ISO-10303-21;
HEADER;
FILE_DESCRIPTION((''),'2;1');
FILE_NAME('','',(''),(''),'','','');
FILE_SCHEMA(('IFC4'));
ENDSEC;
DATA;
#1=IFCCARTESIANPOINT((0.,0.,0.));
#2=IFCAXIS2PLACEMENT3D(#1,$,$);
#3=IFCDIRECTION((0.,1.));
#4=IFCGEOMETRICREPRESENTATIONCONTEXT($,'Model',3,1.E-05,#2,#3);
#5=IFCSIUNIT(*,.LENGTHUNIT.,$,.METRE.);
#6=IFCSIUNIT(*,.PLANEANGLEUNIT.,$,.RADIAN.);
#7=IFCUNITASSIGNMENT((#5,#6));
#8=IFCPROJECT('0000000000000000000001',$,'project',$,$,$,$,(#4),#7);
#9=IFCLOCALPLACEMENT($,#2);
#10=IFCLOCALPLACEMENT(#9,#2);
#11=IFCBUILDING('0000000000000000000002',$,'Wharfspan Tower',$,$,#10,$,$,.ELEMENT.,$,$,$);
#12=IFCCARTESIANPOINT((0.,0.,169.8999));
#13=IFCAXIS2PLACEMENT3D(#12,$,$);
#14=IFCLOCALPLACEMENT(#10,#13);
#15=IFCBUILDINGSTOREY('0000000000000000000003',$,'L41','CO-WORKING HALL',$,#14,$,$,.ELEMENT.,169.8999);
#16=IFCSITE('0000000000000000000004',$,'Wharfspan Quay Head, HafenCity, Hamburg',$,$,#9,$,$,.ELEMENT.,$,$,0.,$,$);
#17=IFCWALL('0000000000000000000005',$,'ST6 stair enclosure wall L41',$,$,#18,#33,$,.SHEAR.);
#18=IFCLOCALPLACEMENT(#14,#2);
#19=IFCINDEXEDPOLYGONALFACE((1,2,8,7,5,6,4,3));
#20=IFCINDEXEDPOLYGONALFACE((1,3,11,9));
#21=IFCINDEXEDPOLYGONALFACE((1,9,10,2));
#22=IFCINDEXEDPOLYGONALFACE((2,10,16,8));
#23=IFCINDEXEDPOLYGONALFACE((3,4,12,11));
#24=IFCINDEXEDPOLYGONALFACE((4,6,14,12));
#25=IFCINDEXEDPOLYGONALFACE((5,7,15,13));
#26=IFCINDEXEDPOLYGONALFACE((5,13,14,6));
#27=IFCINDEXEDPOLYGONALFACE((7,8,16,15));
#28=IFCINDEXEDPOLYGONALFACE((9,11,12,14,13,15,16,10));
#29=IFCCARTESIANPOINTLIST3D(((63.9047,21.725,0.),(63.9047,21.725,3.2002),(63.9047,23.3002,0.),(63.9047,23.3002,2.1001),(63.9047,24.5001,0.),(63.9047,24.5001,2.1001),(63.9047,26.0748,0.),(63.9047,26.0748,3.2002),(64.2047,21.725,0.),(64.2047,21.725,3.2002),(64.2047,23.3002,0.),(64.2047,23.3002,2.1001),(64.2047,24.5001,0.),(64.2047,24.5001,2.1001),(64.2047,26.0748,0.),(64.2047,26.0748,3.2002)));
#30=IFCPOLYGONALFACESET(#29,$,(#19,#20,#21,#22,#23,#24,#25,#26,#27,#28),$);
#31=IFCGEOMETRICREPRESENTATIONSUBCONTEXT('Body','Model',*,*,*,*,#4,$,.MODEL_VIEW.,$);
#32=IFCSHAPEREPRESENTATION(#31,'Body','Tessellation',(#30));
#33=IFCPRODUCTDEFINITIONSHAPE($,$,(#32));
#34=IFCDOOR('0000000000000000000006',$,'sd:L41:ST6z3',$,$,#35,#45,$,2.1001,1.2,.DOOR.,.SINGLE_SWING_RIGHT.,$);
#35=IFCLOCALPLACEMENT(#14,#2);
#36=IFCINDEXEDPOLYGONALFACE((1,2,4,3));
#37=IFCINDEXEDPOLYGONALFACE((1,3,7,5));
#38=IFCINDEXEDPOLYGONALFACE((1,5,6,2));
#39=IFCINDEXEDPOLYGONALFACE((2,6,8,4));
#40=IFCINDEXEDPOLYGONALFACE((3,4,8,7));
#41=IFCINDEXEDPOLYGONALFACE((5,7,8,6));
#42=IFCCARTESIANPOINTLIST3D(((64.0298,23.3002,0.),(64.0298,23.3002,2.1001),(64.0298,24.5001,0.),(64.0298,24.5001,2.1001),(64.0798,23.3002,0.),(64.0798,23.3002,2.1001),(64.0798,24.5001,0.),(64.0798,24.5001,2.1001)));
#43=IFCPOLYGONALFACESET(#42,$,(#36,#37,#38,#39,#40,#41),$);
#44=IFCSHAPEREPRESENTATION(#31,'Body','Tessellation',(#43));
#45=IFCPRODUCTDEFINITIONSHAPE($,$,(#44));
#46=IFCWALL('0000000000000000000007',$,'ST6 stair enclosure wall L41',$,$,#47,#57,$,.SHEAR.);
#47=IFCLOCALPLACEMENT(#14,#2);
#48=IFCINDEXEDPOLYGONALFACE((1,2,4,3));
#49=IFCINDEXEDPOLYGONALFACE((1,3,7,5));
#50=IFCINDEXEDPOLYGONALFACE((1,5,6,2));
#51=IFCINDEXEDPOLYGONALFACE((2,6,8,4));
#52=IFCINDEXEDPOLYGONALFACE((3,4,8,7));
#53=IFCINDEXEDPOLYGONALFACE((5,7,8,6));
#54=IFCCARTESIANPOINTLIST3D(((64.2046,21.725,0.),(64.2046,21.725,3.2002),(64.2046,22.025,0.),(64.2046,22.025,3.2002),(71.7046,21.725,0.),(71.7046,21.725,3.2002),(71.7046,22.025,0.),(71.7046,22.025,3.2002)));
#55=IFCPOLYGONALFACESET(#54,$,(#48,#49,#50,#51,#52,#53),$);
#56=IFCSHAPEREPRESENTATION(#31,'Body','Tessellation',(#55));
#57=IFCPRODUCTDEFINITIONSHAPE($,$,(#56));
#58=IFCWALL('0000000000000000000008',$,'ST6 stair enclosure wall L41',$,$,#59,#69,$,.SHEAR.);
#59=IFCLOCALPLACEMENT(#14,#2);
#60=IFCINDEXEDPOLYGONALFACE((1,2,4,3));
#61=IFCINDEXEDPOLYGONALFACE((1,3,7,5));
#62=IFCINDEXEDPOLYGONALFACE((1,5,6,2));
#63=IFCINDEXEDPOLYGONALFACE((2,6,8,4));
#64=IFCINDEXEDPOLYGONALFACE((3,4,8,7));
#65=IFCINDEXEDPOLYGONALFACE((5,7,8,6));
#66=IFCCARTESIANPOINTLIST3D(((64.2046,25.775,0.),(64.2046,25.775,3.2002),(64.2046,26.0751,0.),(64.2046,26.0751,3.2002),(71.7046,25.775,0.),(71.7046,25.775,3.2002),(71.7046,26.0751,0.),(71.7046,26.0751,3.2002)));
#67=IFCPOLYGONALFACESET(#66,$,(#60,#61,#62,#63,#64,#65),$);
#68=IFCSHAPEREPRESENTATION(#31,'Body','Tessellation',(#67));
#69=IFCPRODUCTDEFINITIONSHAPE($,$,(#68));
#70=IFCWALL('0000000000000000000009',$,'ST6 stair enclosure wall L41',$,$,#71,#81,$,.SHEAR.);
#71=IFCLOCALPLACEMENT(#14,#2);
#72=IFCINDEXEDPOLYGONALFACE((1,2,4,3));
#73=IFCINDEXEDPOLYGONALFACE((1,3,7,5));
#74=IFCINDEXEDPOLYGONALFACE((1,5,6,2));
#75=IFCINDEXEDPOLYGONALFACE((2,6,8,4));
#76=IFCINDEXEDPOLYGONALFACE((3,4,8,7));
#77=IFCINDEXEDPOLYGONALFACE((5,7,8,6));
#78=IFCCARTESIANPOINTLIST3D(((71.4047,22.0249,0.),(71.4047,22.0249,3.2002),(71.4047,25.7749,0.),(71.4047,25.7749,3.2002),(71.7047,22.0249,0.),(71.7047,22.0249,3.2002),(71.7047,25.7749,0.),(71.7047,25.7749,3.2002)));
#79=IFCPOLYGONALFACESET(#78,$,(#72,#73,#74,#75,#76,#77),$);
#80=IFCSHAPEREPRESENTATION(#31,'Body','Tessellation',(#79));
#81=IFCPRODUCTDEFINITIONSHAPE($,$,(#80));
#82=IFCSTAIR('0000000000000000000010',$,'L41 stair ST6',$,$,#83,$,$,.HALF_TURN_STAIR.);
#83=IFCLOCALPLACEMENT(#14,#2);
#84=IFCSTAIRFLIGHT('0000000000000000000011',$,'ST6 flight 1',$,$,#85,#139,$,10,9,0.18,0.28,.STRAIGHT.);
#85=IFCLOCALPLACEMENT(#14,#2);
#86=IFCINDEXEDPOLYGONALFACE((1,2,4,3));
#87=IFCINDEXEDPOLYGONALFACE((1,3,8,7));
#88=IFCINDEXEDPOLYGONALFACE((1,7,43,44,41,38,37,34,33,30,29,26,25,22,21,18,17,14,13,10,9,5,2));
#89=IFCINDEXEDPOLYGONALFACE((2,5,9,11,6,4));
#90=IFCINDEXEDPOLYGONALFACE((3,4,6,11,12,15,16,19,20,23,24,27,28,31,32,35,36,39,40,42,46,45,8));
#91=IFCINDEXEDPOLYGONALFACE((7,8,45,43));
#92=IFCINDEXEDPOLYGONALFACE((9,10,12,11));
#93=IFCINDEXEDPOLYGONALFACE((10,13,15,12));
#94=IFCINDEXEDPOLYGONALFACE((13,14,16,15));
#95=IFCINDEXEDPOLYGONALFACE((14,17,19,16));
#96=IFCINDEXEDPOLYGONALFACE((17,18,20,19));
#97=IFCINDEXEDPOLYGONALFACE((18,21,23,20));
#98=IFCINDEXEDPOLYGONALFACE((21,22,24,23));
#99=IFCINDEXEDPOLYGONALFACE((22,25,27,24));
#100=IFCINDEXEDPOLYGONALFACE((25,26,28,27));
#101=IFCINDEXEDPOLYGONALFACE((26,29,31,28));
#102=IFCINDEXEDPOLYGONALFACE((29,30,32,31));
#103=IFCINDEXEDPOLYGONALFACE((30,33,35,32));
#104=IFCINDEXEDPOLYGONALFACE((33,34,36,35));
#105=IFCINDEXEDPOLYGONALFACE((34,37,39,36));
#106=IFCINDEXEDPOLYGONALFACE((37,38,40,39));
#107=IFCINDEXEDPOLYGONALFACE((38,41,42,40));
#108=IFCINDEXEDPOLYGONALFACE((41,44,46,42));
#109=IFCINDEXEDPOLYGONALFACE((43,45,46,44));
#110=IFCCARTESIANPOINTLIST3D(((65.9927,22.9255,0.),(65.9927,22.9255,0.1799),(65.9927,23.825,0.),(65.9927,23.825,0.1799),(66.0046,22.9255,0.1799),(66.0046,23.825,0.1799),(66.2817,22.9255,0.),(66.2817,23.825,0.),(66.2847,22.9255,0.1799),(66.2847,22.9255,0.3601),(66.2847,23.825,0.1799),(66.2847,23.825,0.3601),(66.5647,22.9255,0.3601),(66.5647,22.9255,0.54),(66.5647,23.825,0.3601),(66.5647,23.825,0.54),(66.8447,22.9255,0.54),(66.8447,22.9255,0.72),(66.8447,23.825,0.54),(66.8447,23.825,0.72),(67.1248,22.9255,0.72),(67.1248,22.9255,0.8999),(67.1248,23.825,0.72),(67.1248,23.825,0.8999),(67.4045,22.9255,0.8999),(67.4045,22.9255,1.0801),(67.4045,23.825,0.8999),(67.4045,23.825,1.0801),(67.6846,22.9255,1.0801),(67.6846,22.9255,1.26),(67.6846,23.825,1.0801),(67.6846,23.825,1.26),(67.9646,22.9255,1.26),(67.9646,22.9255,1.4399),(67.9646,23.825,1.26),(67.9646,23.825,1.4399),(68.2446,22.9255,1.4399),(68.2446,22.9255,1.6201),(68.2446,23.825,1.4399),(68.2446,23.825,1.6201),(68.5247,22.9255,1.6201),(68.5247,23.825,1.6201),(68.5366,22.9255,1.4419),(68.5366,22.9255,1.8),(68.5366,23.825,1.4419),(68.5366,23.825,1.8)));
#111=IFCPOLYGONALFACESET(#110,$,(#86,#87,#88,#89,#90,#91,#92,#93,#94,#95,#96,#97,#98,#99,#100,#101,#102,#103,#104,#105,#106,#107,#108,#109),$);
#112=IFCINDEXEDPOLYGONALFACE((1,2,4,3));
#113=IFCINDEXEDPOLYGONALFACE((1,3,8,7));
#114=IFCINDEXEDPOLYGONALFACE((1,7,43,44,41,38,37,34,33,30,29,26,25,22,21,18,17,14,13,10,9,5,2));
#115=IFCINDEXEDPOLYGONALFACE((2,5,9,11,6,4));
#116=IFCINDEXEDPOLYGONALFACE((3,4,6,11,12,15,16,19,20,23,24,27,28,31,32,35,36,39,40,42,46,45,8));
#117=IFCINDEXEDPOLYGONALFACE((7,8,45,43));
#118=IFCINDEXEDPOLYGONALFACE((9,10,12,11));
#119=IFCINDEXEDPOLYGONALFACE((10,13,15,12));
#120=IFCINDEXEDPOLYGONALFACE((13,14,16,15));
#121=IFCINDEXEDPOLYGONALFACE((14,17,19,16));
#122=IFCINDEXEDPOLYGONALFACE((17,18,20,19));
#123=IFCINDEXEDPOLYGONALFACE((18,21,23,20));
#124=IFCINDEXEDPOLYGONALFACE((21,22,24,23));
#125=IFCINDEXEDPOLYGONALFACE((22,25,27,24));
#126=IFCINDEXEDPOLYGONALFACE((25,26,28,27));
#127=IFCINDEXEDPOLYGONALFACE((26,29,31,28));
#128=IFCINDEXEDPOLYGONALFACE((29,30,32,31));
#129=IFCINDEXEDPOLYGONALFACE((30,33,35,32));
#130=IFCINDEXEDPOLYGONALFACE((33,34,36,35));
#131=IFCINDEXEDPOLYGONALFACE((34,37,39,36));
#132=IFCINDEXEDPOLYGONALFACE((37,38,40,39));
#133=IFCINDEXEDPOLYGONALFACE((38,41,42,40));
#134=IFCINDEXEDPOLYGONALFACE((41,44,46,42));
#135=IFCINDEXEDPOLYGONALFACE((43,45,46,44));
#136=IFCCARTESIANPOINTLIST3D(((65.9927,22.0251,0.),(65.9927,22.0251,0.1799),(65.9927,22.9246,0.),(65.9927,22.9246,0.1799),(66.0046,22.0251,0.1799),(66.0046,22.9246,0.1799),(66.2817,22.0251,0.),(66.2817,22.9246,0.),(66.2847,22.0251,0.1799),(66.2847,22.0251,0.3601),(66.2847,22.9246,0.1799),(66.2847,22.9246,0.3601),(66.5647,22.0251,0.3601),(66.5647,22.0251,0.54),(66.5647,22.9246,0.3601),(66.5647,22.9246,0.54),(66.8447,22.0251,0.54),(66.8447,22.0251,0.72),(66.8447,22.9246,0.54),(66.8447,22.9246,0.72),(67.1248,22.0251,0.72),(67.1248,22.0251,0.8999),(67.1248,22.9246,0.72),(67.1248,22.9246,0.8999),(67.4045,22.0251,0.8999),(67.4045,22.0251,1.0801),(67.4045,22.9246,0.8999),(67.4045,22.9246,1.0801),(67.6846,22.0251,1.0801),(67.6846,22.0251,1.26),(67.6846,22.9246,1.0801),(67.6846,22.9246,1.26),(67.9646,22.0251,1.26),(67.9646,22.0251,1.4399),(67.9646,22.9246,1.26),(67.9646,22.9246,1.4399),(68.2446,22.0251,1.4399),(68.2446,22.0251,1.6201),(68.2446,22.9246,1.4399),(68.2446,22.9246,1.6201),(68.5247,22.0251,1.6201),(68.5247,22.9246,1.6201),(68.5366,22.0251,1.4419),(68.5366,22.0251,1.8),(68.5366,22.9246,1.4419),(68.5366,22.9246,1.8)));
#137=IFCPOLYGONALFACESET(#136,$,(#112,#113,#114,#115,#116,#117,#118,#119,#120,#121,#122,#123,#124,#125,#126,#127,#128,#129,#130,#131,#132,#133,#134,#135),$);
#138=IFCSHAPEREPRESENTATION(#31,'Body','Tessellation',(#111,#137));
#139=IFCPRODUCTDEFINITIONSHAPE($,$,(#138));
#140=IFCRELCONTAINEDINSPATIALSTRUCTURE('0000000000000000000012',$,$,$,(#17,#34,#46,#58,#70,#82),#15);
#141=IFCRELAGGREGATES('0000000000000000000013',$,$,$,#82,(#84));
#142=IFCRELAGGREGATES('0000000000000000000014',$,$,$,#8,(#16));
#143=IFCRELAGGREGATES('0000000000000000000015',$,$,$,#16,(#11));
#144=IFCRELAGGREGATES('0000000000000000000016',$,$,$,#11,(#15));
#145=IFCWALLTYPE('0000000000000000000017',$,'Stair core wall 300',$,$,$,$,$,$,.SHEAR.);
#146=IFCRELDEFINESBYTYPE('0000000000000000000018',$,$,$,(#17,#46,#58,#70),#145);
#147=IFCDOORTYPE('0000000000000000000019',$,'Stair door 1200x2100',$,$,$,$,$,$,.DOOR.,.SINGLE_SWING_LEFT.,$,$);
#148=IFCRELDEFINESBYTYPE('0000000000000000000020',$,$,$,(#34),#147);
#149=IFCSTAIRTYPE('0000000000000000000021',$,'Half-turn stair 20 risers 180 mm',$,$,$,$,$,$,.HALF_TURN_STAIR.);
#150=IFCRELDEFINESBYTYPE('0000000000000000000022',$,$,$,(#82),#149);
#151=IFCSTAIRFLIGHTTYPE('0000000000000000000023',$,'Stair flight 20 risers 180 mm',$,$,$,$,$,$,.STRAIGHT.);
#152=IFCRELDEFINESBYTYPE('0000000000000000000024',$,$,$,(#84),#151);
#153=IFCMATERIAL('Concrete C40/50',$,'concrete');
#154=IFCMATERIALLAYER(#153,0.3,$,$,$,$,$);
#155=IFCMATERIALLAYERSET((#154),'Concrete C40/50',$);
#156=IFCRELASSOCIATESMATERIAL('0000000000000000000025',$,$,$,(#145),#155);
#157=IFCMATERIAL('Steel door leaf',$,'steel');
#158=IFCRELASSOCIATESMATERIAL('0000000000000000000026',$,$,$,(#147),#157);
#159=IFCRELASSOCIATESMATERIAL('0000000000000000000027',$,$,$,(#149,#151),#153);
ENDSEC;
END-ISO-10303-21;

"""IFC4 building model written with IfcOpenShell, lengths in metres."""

from ifc_helpers import new_model, si_unit, direction, frame, frame_2d, origin, place, context, subcontext, project, spatial, polyline, rectangle, outline, extrude, material, layer, layer_set, type_object, element, fill, aggregate, save


model = new_model("IFC4")

# Units and contexts
model_context = context("Model", 3, precision=1e-05, world=origin(), true_north=direction((0.0, 1.0)))
body_context = subcontext(model_context, "Body", "Model", "MODEL_VIEW")
ifc_project = project(units=[si_unit("LENGTHUNIT", "METRE"), si_unit("PLANEANGLEUNIT", "RADIAN")], contexts=[model_context])

# Site, building, storey
site_placement = place(None, origin())
site = spatial("IfcSite", under=ifc_project, at=site_placement, Name="Wharfspan Quay Head, HafenCity, Hamburg", CompositionType="ELEMENT", RefElevation=0.0)
building_placement = place(site_placement, origin())
building = spatial("IfcBuilding", under=site, at=building_placement, Name="Wharfspan Tower", CompositionType="ELEMENT")
storey_placement = place(building_placement, frame((0.0, 0.0, 169.8999)))
storey = spatial("IfcBuildingStorey", under=building, at=storey_placement, Name="L41", Description="CO-WORKING HALL", CompositionType="ELEMENT", Elevation=169.8999)

# Wall, opening, door
ifc_material_1 = material(Name="Concrete C40/50", Category="concrete")
ifc_layer_1 = layer(ifc_material_1, 0.3)
ifc_layer_set_1 = layer_set([ifc_layer_1], Name="Concrete C40/50")
wall_type_1 = type_object("IfcWallType", Name="Stair core wall 300", PredefinedType="SHEAR", material=ifc_layer_set_1)
wall_1_placement = place(storey_placement, frame((64.0547, 21.7251, 0.0), z_axis=(0.0, 0.0, 1.0), x_axis=(0.0, 1.0, 0.0)))
wall_1 = element("IfcWall", 1, at=wall_1_placement, inside=storey, type_object=wall_type_1, Name="ST6 stair enclosure wall L41", PredefinedType="SHEAR", context=body_context, shape_type="SweptSolid", body=[
    extrude(rectangle(XDim=4.3499, YDim=0.3, at=frame_2d((2.1748, 0.0))), origin(), (0.0, 0.0, 1.0), 3.2002),
])
opening_1_placement = place(wall_1_placement, frame((1.575, 0.0, 0.0)))
opening_1 = element("IfcOpeningElement", 2, at=opening_1_placement, cuts=wall_1, PredefinedType="OPENING", context=body_context, shape_type="SweptSolid", body=[
    extrude(rectangle(XDim=1.2, YDim=2.1001, at=frame_2d((0.6001, 1.05))), frame((0.0, 0.1599, 0.0), z_axis=(0.0, -1.0, 0.0), x_axis=(1.0, 0.0, 0.0)), (0.0, 0.0, 1.0), 0.3201),
])
ifc_material_2 = material(Name="Steel door leaf", Category="steel")
door_type_1 = type_object("IfcDoorType", Name="Stair door 1200x2100", OperationType="SINGLE_SWING_LEFT", PredefinedType="DOOR", material=ifc_material_2)
door_1_placement = place(opening_1_placement, origin())
door_1 = element("IfcDoor", 3, at=door_1_placement, inside=storey, type_object=door_type_1, Name="sd:L41:ST6z3", OperationType="SINGLE_SWING_RIGHT", OverallHeight=2.1001, OverallWidth=1.2, PredefinedType="DOOR", context=body_context, shape_type="SweptSolid", body=[
    extrude(rectangle(XDim=1.2, YDim=2.1001, at=frame_2d((0.6001, 1.05))), frame((0.0, 0.0249, 0.0), z_axis=(0.0, -1.0, 0.0), x_axis=(1.0, 0.0, 0.0)), (0.0, 0.0, 1.0), 0.05),
])
fill(opening_1, door_1)

# Walls
for number, where, z_axis, x_axis, name in (
    (4, (64.2046, 21.875, 0.0), (0.0, 0.0, 1.0), (1.0, 0.0, 0.0), "ST6 stair enclosure wall L41"),
    (5, (64.2046, 25.925, 0.0), (0.0, 0.0, 1.0), (1.0, 0.0, 0.0), "ST6 stair enclosure wall L41"),
):
    element("IfcWall", number, at=place(storey_placement, frame(where, z_axis=z_axis, x_axis=x_axis)), inside=storey, type_object=wall_type_1, Name=name, PredefinedType="SHEAR", context=body_context, shape_type="SweptSolid", body=[
        extrude(rectangle(XDim=7.5, YDim=0.3, at=frame_2d((3.75, 0.0))), origin(), (0.0, 0.0, 1.0), 3.2002),
    ])
wall_2_placement = place(storey_placement, frame((71.5547, 22.0249, 0.0), z_axis=(0.0, 0.0, 1.0), x_axis=(0.0, 1.0, 0.0)))
element("IfcWall", 6, at=wall_2_placement, inside=storey, type_object=wall_type_1, Name="ST6 stair enclosure wall L41", PredefinedType="SHEAR", context=body_context, shape_type="SweptSolid", body=[
    extrude(rectangle(XDim=3.75, YDim=0.3, at=frame_2d((1.875, 0.0))), origin(), (0.0, 0.0, 1.0), 3.2002),
])

# Stair, stair flight
stair_type = type_object("IfcStairType", Name="Half-turn stair 20 risers 180 mm", PredefinedType="HALF_TURN_STAIR", material=ifc_material_1)
stair_placement = place(storey_placement, origin())
stair = element("IfcStair", 7, at=stair_placement, inside=storey, type_object=stair_type, Name="L41 stair ST6", PredefinedType="HALF_TURN_STAIR")
stair_flight_type = type_object("IfcStairFlightType", Name="Stair flight 20 risers 180 mm", PredefinedType="STRAIGHT", material=ifc_material_1)
stair_flight_1_placement = place(storey_placement, frame((66.0046, 22.925, 0.0), z_axis=(0.0, 0.0, 1.0), x_axis=(1.0, 0.0, 0.0)))
stair_flight_1 = element("IfcStairFlight", 8, at=stair_flight_1_placement, type_object=stair_flight_type, Name="ST6 flight 1", NumberOfRisers=10, NumberOfTreads=9, PredefinedType="STRAIGHT", RiserHeight=0.18, TreadLength=0.28, context=body_context, shape_type="SweptSolid", body=[
    extrude(outline(polyline([(-0.012, 0.0), (-0.012, 0.1799), (0.0, 0.1799), (0.28, 0.1799), (0.28, 0.3601), (0.5601, 0.3601), (0.5601, 0.54), (0.8401, 0.54), (0.8401, 0.72), (1.1201, 0.72), (1.1201, 0.8999), (1.3999, 0.8999), (1.3999, 1.0801), (1.6799, 1.0801), (1.6799, 1.26), (1.96, 1.26), (1.96, 1.4399), (2.24, 1.4399), (2.24, 1.6201), (2.52, 1.6201), (2.532, 1.8), (2.532, 1.4419), (0.2771, 0.0), (-0.012, 0.0)])), frame((0.0, 0.8999, 0.0), z_axis=(0.0, -1.0, 0.0), x_axis=(1.0, 0.0, 0.0)), (0.0, 0.0, 1.0), 0.8994),
    extrude(outline(polyline([(-0.012, 0.0), (-0.012, 0.1799), (0.0, 0.1799), (0.28, 0.1799), (0.28, 0.3601), (0.5601, 0.3601), (0.5601, 0.54), (0.8401, 0.54), (0.8401, 0.72), (1.1201, 0.72), (1.1201, 0.8999), (1.3999, 0.8999), (1.3999, 1.0801), (1.6799, 1.0801), (1.6799, 1.26), (1.96, 1.26), (1.96, 1.4399), (2.24, 1.4399), (2.24, 1.6201), (2.52, 1.6201), (2.532, 1.8), (2.532, 1.4419), (0.2771, 0.0), (-0.012, 0.0)])), frame((0.0, -0.0005, 0.0), z_axis=(0.0, -1.0, 0.0), x_axis=(1.0, 0.0, 0.0)), (0.0, 0.0, 1.0), 0.8994),
])
aggregate(stair, [stair_flight_1])

save(model, "model.ifc")
